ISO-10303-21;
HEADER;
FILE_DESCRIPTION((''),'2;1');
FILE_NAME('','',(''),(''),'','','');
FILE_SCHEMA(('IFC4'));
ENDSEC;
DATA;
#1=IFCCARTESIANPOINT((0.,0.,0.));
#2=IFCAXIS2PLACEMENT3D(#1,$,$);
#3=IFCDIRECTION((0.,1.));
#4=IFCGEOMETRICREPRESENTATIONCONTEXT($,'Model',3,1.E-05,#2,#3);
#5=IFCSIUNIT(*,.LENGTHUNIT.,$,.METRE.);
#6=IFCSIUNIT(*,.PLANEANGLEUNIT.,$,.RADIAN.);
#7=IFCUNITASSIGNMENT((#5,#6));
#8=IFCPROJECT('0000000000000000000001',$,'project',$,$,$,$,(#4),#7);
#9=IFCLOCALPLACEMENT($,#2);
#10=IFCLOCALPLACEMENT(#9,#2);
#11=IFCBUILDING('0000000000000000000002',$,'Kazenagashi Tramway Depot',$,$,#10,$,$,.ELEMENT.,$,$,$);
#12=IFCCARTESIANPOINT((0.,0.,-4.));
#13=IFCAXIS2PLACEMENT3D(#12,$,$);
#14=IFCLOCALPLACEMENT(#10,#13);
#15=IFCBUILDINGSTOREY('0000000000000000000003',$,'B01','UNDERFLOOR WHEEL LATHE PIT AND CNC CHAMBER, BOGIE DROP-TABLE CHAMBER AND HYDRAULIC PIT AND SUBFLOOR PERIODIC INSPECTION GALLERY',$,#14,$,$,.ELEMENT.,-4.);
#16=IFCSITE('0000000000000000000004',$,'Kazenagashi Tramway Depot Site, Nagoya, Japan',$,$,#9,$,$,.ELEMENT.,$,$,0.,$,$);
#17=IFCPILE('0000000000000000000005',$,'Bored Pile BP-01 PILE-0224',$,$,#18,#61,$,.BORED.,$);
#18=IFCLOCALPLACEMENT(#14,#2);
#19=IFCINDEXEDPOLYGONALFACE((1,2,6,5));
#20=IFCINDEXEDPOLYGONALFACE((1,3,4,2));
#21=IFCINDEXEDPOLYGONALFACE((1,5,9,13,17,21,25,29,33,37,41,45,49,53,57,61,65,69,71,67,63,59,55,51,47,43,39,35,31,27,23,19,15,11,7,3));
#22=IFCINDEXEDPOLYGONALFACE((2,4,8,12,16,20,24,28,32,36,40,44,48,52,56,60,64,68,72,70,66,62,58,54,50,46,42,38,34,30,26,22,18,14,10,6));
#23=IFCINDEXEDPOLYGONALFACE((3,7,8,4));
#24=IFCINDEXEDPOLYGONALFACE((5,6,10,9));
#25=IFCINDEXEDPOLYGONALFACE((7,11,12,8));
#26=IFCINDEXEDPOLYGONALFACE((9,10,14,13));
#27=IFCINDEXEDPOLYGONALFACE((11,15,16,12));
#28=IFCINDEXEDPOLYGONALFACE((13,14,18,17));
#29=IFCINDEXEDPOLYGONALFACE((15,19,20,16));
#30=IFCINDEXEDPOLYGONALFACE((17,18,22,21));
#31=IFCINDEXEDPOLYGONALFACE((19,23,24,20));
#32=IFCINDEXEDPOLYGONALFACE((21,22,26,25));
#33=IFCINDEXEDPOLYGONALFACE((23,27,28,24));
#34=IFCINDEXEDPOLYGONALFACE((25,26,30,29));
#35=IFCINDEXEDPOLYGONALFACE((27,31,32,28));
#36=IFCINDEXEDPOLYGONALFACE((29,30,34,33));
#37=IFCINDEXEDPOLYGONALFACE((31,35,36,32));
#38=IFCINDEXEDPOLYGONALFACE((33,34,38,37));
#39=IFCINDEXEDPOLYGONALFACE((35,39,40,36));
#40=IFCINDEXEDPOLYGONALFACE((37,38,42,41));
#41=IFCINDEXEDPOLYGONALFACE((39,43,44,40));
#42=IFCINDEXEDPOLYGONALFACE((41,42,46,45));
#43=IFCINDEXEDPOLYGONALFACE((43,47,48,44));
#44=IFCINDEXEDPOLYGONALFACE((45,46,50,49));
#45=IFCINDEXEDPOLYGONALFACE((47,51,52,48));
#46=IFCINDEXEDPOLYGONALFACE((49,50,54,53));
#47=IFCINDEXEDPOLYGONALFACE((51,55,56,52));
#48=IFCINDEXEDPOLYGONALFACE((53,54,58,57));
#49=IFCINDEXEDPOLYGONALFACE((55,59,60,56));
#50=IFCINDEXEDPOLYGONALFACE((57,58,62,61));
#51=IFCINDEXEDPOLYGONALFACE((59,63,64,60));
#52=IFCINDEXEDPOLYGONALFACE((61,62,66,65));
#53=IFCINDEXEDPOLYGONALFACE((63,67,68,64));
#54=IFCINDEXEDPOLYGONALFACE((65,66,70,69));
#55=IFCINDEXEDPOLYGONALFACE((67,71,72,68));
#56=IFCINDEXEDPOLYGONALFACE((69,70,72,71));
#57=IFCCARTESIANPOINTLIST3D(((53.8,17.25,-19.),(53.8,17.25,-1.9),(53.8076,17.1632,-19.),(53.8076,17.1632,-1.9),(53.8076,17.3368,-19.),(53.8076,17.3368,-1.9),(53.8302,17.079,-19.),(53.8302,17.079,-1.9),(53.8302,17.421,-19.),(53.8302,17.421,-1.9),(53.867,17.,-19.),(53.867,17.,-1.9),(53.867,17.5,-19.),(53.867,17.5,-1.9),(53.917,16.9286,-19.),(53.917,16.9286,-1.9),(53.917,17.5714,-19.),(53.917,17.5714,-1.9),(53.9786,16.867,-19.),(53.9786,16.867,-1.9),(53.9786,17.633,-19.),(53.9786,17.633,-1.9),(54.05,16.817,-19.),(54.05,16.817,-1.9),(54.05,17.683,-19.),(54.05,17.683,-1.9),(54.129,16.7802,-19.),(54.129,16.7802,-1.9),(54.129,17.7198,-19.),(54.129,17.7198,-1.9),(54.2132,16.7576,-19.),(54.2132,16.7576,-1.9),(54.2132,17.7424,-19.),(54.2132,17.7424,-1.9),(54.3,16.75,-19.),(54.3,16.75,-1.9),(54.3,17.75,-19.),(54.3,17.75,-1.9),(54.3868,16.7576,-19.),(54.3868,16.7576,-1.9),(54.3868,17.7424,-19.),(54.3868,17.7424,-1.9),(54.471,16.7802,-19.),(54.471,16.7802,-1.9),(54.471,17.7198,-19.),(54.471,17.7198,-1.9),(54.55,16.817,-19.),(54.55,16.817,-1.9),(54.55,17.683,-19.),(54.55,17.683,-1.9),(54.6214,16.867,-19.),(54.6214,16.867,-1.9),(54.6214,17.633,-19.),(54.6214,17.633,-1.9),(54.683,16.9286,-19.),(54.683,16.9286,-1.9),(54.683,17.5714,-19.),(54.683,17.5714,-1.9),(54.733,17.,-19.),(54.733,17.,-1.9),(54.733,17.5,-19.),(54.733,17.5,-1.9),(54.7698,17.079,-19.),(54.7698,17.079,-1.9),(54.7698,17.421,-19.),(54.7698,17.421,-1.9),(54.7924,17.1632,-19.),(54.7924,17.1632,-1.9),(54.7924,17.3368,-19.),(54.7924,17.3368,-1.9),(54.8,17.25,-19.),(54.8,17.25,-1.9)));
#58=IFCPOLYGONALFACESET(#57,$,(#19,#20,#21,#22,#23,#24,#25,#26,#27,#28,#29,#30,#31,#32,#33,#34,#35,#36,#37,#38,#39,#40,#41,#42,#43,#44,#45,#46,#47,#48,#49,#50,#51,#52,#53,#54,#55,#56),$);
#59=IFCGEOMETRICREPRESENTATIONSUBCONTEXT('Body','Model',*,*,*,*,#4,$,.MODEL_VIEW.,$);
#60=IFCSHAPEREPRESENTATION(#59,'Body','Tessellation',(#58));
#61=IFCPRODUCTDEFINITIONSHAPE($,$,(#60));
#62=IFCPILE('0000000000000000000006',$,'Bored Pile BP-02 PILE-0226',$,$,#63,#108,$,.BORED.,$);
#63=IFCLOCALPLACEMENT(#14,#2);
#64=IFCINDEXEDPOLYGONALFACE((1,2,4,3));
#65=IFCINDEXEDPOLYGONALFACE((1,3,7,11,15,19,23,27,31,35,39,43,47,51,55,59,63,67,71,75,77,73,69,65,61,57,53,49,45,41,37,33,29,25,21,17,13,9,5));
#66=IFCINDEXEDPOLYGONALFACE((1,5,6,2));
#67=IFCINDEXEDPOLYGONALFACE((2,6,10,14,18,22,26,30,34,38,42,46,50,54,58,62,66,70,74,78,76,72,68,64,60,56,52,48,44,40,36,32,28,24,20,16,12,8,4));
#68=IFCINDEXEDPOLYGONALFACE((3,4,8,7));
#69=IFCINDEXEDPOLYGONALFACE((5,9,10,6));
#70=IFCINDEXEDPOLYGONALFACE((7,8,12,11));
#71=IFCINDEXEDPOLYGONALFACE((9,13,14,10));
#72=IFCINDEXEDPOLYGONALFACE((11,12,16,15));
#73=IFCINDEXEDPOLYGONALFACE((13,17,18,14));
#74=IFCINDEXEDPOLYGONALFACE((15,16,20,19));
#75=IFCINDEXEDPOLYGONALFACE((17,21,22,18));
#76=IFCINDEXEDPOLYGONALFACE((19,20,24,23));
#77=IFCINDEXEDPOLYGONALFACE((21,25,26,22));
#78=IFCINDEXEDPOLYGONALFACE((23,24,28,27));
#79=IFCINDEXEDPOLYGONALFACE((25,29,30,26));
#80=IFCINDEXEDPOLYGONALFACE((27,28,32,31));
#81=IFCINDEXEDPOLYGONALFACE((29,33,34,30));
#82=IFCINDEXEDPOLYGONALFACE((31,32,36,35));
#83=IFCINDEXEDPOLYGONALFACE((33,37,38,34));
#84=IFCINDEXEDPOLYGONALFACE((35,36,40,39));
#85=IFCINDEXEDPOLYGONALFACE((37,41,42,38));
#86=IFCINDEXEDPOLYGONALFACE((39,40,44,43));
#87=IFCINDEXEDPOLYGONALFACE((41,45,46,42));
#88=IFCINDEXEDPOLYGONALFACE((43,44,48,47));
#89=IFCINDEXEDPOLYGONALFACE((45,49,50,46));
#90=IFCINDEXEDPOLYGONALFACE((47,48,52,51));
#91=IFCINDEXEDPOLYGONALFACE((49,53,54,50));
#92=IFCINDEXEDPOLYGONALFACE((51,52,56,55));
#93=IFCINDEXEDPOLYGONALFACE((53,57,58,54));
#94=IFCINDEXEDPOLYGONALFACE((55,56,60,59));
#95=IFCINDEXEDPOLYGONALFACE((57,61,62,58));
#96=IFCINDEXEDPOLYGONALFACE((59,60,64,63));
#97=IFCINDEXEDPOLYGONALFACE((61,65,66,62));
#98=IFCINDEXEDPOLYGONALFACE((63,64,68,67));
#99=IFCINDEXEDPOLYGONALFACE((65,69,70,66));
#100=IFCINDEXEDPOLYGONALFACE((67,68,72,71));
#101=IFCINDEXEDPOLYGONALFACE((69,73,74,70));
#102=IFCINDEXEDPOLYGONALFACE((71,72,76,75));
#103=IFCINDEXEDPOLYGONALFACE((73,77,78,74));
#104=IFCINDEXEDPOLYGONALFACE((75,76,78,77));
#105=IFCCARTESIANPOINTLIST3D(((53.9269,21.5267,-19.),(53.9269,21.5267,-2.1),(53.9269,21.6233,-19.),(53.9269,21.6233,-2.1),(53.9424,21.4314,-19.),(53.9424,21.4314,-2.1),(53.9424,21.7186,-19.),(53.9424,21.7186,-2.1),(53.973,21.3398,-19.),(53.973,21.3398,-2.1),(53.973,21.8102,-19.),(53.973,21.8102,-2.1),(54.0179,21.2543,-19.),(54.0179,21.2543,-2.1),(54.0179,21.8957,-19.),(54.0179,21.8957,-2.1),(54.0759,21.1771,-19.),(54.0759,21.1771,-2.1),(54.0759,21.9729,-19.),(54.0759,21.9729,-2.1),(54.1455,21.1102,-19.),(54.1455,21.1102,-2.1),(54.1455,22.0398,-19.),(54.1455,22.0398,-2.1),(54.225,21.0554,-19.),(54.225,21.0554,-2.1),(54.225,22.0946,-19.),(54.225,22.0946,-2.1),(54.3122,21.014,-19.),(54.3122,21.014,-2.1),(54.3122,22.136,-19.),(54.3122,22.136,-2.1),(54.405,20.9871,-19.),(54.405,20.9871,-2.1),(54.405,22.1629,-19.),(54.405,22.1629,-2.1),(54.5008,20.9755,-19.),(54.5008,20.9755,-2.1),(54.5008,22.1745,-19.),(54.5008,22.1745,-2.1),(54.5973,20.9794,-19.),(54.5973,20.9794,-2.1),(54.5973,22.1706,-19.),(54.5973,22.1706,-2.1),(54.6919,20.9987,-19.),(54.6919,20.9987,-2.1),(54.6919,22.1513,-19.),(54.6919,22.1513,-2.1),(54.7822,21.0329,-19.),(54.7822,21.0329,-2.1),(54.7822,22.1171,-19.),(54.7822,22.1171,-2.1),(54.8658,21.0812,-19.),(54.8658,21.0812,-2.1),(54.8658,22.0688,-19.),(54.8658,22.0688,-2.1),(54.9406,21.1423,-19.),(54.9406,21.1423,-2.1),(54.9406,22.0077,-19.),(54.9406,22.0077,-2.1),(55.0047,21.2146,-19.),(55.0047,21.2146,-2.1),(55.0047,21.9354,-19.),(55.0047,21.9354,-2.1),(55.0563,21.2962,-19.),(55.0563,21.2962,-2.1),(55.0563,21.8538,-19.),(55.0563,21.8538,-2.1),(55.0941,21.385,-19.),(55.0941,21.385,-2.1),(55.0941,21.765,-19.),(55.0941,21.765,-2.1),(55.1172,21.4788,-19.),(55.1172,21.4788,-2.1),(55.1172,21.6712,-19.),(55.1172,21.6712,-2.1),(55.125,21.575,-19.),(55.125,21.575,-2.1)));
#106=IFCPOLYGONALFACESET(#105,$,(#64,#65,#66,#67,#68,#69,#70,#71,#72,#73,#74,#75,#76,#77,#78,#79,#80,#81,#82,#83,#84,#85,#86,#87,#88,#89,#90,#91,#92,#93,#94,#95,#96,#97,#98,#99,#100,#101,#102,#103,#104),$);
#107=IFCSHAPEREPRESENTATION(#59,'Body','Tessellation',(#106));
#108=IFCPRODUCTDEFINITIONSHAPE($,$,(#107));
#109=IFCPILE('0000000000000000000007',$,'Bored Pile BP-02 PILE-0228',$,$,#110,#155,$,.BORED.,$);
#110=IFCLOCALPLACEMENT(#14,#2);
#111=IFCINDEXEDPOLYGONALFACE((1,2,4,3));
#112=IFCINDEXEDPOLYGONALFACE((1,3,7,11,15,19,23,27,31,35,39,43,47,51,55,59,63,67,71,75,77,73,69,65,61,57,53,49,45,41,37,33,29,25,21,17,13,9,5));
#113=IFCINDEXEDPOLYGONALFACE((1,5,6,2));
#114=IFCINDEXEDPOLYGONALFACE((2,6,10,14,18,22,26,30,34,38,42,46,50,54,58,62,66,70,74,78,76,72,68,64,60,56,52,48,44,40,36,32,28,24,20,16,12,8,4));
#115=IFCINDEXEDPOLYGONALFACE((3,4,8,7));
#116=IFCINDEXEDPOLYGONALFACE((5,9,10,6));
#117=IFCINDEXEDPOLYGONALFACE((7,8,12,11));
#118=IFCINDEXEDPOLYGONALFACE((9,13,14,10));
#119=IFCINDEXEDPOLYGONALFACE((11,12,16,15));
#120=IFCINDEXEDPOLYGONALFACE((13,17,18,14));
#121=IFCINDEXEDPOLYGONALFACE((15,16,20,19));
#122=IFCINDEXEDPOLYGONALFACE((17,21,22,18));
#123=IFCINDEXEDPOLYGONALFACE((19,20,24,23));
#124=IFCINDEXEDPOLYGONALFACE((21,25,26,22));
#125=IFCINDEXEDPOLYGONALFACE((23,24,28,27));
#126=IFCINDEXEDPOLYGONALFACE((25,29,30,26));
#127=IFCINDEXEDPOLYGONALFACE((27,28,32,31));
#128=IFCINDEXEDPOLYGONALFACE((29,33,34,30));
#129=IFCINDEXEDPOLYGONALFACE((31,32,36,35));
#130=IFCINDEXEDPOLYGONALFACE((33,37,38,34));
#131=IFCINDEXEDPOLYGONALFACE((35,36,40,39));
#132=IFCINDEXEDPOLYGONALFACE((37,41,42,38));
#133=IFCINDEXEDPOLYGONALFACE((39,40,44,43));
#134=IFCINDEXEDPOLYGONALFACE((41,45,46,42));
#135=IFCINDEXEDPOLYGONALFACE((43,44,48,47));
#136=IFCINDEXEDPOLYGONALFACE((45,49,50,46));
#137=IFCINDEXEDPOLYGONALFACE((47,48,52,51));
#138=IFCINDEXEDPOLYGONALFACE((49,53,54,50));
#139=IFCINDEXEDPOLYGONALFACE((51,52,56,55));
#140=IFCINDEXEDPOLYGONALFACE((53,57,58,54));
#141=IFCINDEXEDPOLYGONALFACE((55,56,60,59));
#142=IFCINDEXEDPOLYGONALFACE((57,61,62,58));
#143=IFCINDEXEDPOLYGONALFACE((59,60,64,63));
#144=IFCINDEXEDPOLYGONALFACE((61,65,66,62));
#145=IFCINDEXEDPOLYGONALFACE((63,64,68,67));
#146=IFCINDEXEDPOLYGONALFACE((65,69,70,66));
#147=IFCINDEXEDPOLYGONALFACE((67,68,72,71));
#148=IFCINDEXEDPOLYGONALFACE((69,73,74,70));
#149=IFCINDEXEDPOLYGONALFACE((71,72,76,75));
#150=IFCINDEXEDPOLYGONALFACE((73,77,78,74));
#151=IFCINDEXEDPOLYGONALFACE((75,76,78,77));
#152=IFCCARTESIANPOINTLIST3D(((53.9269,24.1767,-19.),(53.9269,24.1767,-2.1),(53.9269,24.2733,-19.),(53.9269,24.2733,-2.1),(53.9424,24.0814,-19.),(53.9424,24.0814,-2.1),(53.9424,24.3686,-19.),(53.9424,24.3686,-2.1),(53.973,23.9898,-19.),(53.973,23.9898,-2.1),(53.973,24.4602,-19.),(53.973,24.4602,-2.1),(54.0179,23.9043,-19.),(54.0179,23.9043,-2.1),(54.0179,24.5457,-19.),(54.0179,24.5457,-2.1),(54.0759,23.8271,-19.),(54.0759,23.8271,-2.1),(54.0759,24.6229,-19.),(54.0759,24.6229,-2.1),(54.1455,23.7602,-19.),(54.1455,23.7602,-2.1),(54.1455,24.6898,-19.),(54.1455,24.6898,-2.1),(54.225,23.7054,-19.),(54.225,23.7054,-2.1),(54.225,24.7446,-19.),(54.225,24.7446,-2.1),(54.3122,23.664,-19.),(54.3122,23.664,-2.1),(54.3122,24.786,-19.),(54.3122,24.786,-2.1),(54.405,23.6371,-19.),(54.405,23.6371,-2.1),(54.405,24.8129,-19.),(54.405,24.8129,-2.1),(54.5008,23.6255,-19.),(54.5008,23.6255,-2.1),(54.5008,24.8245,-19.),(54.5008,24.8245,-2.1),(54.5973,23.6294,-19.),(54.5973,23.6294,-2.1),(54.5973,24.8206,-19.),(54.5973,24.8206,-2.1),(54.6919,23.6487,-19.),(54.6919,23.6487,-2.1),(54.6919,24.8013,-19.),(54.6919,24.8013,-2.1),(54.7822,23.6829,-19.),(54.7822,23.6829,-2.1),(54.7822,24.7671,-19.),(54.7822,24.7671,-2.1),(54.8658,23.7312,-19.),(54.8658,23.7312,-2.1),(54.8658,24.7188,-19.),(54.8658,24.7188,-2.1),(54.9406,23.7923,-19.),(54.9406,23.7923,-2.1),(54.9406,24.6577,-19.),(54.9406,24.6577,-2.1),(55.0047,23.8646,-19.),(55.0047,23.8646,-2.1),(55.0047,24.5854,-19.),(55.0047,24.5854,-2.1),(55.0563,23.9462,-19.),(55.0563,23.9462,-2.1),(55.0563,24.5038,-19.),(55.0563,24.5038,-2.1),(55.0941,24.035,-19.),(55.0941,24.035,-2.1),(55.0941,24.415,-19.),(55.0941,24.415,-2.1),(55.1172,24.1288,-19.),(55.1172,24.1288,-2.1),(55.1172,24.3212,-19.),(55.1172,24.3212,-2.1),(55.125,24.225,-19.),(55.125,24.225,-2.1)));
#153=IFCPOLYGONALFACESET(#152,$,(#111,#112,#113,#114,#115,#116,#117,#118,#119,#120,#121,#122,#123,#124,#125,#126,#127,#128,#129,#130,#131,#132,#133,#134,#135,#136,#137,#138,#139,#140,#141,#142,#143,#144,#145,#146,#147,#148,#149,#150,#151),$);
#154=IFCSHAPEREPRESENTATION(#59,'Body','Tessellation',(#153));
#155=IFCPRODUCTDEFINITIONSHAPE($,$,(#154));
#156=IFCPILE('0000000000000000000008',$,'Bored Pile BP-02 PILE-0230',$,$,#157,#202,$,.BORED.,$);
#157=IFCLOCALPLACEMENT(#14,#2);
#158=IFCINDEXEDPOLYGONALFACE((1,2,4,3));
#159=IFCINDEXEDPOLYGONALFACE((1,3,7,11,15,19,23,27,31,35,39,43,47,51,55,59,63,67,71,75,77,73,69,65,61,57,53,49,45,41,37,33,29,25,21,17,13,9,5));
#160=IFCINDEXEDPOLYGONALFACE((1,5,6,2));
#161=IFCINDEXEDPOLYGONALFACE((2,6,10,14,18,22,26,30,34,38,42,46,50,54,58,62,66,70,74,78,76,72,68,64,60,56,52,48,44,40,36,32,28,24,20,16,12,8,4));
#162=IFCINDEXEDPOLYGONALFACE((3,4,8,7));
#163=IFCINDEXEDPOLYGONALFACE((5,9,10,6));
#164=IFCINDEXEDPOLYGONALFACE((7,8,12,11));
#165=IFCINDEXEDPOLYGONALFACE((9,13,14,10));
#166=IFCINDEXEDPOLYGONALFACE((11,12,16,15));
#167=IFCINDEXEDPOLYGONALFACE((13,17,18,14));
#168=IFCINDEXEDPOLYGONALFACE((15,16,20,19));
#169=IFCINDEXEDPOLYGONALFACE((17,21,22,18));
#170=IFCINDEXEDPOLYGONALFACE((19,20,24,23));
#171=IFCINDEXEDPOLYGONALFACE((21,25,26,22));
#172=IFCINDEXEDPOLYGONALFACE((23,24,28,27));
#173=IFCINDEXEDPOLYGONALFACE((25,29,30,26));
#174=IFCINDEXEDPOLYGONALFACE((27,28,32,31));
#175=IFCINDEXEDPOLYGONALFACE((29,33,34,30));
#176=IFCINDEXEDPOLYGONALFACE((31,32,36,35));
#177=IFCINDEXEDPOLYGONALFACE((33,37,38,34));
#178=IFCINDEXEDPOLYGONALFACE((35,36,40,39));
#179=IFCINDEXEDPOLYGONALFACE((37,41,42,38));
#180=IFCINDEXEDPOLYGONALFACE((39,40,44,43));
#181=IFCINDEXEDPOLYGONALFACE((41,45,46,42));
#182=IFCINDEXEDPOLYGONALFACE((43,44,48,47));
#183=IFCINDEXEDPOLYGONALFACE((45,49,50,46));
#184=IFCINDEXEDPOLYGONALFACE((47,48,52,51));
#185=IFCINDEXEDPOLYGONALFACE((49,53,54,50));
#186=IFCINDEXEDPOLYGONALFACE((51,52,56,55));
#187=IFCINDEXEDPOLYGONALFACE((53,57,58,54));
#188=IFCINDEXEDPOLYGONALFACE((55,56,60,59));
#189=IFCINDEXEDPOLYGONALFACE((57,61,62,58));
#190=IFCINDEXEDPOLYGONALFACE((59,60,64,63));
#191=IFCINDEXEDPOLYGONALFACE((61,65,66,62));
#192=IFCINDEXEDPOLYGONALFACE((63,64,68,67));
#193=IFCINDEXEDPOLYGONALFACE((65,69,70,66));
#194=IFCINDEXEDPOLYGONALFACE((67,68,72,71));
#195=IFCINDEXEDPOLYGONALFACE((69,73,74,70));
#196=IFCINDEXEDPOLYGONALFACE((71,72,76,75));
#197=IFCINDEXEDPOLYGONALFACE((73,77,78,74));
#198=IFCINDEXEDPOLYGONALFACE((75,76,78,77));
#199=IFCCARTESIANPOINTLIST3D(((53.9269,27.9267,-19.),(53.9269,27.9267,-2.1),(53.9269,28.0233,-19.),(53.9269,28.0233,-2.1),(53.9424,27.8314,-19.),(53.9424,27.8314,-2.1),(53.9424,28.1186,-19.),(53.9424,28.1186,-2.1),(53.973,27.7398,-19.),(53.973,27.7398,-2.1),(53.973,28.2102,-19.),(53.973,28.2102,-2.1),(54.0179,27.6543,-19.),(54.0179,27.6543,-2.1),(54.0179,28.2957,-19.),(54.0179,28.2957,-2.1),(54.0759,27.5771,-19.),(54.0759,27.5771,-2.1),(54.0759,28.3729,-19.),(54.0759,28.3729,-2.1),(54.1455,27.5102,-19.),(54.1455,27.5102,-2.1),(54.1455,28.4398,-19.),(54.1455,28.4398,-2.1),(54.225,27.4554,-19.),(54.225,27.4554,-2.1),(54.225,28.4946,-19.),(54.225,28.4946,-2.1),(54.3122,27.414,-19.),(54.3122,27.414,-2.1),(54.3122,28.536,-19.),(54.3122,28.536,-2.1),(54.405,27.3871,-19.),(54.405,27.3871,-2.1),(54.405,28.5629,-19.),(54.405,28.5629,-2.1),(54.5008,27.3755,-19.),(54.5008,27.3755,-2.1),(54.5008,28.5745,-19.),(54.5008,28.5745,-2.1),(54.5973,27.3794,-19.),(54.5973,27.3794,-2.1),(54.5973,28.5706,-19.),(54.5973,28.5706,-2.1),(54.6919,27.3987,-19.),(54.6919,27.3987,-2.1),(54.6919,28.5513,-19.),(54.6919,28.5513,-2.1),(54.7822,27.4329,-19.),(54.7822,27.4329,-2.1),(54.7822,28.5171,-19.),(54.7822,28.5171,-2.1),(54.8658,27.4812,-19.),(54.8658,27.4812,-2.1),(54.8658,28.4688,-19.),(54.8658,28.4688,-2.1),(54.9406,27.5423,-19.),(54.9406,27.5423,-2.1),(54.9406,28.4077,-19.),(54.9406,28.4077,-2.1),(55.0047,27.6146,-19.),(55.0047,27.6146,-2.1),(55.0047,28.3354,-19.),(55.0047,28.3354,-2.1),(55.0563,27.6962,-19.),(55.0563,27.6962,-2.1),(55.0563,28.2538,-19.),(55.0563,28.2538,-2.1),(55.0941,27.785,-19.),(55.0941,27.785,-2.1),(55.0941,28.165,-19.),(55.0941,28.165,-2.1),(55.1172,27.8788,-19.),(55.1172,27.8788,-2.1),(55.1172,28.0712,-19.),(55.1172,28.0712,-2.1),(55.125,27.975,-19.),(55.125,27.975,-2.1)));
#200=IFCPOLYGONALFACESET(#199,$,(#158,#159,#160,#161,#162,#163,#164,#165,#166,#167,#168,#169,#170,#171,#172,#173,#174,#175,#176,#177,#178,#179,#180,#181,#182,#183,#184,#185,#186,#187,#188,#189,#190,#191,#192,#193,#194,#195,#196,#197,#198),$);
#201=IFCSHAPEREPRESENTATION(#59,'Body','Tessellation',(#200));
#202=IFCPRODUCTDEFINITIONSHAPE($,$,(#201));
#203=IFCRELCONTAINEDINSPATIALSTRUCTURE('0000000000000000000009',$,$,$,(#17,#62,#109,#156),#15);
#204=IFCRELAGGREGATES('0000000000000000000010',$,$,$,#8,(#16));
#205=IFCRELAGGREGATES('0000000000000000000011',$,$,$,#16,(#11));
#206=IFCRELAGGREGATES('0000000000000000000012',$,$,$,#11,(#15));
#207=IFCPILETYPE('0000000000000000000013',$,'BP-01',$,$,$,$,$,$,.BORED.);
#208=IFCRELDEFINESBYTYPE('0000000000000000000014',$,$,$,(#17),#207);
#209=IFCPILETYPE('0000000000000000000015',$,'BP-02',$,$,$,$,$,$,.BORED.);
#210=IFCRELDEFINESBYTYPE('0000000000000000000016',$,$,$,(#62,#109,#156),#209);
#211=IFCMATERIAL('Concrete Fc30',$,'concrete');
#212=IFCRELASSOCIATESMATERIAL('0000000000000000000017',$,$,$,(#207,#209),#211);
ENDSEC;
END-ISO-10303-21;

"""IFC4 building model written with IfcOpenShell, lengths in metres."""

from ifc_helpers import new_model, si_unit, direction, frame, origin, origin_2d, place, context, subcontext, project, spatial, circle, extrude, material, material_profile, profile_set, type_object, element, save


model = new_model("IFC4")

# Units and contexts
model_context = context("Model", 3, precision=1e-05, world=origin(), true_north=direction((0.0, 1.0)))
body_context = subcontext(model_context, "Body", "Model", "MODEL_VIEW")
ifc_project = project(units=[si_unit("LENGTHUNIT", "METRE"), si_unit("PLANEANGLEUNIT", "RADIAN")], contexts=[model_context])

# Site, building, storey
site_placement = place(None, origin())
site = spatial("IfcSite", under=ifc_project, at=site_placement, Name="Kazenagashi Tramway Depot Site, Nagoya, Japan", CompositionType="ELEMENT", RefElevation=0.0)
building_placement = place(site_placement, origin())
building = spatial("IfcBuilding", under=site, at=building_placement, Name="Kazenagashi Tramway Depot", CompositionType="ELEMENT")
storey_placement = place(building_placement, frame((0.0, 0.0, -4.0)))
storey = spatial("IfcBuildingStorey", under=building, at=storey_placement, Name="B01", Description="UNDERFLOOR WHEEL LATHE PIT AND CNC CHAMBER, BOGIE DROP-TABLE CHAMBER AND HYDRAULIC PIT AND SUBFLOOR PERIODIC INSPECTION GALLERY", CompositionType="ELEMENT", Elevation=-4.0)

# Piles
ifc_material_1 = material(Name="Concrete Fc30", Category="concrete")
ifc_material_profile_1 = material_profile(ifc_material_1, circle(Radius=0.5, at=origin_2d()), Name="PILE-1000")
ifc_profile_set_1 = profile_set([ifc_material_profile_1], Name="Concrete Fc30")
pile_type_1 = type_object("IfcPileType", Name="BP-01", PredefinedType="BORED", material=ifc_profile_set_1)
pile_placement = place(storey_placement, frame((54.3, 17.25, -1.9), z_axis=(0.0, 0.0, -1.0), x_axis=(1.0, 0.0, 0.0)))
element("IfcPile", 1, at=pile_placement, inside=storey, type_object=pile_type_1, Name="Bored Pile BP-01 PILE-0224", PredefinedType="BORED", context=body_context, shape_type="SweptSolid", body=[
    extrude(circle(Radius=0.5, at=origin_2d()), origin(), (0.0, 0.0, 1.0), 17.1),
])
ifc_material_profile_2 = material_profile(ifc_material_1, circle(Radius=0.6, at=origin_2d()), Name="PILE-1200")
ifc_profile_set_2 = profile_set([ifc_material_profile_2], Name="Concrete Fc30")
pile_type_2 = type_object("IfcPileType", Name="BP-02", PredefinedType="BORED", material=ifc_profile_set_2)
for number, where, z_axis, x_axis, name in (
    (2, (54.525, 21.575, -2.1), (0.0, 0.0, -1.0), (1.0, 0.0, 0.0), "Bored Pile BP-02 PILE-0226"),
    (3, (54.525, 24.225, -2.1), (0.0, 0.0, -1.0), (1.0, 0.0, 0.0), "Bored Pile BP-02 PILE-0228"),
    (4, (54.525, 27.975, -2.1), (0.0, 0.0, -1.0), (1.0, 0.0, 0.0), "Bored Pile BP-02 PILE-0230"),
):
    element("IfcPile", number, at=place(storey_placement, frame(where, z_axis=z_axis, x_axis=x_axis)), inside=storey, type_object=pile_type_2, Name=name, PredefinedType="BORED", context=body_context, shape_type="SweptSolid", body=[
        extrude(circle(Radius=0.6, at=origin_2d()), origin(), (0.0, 0.0, 1.0), 16.9),
    ])

save(model, "model.ifc")
